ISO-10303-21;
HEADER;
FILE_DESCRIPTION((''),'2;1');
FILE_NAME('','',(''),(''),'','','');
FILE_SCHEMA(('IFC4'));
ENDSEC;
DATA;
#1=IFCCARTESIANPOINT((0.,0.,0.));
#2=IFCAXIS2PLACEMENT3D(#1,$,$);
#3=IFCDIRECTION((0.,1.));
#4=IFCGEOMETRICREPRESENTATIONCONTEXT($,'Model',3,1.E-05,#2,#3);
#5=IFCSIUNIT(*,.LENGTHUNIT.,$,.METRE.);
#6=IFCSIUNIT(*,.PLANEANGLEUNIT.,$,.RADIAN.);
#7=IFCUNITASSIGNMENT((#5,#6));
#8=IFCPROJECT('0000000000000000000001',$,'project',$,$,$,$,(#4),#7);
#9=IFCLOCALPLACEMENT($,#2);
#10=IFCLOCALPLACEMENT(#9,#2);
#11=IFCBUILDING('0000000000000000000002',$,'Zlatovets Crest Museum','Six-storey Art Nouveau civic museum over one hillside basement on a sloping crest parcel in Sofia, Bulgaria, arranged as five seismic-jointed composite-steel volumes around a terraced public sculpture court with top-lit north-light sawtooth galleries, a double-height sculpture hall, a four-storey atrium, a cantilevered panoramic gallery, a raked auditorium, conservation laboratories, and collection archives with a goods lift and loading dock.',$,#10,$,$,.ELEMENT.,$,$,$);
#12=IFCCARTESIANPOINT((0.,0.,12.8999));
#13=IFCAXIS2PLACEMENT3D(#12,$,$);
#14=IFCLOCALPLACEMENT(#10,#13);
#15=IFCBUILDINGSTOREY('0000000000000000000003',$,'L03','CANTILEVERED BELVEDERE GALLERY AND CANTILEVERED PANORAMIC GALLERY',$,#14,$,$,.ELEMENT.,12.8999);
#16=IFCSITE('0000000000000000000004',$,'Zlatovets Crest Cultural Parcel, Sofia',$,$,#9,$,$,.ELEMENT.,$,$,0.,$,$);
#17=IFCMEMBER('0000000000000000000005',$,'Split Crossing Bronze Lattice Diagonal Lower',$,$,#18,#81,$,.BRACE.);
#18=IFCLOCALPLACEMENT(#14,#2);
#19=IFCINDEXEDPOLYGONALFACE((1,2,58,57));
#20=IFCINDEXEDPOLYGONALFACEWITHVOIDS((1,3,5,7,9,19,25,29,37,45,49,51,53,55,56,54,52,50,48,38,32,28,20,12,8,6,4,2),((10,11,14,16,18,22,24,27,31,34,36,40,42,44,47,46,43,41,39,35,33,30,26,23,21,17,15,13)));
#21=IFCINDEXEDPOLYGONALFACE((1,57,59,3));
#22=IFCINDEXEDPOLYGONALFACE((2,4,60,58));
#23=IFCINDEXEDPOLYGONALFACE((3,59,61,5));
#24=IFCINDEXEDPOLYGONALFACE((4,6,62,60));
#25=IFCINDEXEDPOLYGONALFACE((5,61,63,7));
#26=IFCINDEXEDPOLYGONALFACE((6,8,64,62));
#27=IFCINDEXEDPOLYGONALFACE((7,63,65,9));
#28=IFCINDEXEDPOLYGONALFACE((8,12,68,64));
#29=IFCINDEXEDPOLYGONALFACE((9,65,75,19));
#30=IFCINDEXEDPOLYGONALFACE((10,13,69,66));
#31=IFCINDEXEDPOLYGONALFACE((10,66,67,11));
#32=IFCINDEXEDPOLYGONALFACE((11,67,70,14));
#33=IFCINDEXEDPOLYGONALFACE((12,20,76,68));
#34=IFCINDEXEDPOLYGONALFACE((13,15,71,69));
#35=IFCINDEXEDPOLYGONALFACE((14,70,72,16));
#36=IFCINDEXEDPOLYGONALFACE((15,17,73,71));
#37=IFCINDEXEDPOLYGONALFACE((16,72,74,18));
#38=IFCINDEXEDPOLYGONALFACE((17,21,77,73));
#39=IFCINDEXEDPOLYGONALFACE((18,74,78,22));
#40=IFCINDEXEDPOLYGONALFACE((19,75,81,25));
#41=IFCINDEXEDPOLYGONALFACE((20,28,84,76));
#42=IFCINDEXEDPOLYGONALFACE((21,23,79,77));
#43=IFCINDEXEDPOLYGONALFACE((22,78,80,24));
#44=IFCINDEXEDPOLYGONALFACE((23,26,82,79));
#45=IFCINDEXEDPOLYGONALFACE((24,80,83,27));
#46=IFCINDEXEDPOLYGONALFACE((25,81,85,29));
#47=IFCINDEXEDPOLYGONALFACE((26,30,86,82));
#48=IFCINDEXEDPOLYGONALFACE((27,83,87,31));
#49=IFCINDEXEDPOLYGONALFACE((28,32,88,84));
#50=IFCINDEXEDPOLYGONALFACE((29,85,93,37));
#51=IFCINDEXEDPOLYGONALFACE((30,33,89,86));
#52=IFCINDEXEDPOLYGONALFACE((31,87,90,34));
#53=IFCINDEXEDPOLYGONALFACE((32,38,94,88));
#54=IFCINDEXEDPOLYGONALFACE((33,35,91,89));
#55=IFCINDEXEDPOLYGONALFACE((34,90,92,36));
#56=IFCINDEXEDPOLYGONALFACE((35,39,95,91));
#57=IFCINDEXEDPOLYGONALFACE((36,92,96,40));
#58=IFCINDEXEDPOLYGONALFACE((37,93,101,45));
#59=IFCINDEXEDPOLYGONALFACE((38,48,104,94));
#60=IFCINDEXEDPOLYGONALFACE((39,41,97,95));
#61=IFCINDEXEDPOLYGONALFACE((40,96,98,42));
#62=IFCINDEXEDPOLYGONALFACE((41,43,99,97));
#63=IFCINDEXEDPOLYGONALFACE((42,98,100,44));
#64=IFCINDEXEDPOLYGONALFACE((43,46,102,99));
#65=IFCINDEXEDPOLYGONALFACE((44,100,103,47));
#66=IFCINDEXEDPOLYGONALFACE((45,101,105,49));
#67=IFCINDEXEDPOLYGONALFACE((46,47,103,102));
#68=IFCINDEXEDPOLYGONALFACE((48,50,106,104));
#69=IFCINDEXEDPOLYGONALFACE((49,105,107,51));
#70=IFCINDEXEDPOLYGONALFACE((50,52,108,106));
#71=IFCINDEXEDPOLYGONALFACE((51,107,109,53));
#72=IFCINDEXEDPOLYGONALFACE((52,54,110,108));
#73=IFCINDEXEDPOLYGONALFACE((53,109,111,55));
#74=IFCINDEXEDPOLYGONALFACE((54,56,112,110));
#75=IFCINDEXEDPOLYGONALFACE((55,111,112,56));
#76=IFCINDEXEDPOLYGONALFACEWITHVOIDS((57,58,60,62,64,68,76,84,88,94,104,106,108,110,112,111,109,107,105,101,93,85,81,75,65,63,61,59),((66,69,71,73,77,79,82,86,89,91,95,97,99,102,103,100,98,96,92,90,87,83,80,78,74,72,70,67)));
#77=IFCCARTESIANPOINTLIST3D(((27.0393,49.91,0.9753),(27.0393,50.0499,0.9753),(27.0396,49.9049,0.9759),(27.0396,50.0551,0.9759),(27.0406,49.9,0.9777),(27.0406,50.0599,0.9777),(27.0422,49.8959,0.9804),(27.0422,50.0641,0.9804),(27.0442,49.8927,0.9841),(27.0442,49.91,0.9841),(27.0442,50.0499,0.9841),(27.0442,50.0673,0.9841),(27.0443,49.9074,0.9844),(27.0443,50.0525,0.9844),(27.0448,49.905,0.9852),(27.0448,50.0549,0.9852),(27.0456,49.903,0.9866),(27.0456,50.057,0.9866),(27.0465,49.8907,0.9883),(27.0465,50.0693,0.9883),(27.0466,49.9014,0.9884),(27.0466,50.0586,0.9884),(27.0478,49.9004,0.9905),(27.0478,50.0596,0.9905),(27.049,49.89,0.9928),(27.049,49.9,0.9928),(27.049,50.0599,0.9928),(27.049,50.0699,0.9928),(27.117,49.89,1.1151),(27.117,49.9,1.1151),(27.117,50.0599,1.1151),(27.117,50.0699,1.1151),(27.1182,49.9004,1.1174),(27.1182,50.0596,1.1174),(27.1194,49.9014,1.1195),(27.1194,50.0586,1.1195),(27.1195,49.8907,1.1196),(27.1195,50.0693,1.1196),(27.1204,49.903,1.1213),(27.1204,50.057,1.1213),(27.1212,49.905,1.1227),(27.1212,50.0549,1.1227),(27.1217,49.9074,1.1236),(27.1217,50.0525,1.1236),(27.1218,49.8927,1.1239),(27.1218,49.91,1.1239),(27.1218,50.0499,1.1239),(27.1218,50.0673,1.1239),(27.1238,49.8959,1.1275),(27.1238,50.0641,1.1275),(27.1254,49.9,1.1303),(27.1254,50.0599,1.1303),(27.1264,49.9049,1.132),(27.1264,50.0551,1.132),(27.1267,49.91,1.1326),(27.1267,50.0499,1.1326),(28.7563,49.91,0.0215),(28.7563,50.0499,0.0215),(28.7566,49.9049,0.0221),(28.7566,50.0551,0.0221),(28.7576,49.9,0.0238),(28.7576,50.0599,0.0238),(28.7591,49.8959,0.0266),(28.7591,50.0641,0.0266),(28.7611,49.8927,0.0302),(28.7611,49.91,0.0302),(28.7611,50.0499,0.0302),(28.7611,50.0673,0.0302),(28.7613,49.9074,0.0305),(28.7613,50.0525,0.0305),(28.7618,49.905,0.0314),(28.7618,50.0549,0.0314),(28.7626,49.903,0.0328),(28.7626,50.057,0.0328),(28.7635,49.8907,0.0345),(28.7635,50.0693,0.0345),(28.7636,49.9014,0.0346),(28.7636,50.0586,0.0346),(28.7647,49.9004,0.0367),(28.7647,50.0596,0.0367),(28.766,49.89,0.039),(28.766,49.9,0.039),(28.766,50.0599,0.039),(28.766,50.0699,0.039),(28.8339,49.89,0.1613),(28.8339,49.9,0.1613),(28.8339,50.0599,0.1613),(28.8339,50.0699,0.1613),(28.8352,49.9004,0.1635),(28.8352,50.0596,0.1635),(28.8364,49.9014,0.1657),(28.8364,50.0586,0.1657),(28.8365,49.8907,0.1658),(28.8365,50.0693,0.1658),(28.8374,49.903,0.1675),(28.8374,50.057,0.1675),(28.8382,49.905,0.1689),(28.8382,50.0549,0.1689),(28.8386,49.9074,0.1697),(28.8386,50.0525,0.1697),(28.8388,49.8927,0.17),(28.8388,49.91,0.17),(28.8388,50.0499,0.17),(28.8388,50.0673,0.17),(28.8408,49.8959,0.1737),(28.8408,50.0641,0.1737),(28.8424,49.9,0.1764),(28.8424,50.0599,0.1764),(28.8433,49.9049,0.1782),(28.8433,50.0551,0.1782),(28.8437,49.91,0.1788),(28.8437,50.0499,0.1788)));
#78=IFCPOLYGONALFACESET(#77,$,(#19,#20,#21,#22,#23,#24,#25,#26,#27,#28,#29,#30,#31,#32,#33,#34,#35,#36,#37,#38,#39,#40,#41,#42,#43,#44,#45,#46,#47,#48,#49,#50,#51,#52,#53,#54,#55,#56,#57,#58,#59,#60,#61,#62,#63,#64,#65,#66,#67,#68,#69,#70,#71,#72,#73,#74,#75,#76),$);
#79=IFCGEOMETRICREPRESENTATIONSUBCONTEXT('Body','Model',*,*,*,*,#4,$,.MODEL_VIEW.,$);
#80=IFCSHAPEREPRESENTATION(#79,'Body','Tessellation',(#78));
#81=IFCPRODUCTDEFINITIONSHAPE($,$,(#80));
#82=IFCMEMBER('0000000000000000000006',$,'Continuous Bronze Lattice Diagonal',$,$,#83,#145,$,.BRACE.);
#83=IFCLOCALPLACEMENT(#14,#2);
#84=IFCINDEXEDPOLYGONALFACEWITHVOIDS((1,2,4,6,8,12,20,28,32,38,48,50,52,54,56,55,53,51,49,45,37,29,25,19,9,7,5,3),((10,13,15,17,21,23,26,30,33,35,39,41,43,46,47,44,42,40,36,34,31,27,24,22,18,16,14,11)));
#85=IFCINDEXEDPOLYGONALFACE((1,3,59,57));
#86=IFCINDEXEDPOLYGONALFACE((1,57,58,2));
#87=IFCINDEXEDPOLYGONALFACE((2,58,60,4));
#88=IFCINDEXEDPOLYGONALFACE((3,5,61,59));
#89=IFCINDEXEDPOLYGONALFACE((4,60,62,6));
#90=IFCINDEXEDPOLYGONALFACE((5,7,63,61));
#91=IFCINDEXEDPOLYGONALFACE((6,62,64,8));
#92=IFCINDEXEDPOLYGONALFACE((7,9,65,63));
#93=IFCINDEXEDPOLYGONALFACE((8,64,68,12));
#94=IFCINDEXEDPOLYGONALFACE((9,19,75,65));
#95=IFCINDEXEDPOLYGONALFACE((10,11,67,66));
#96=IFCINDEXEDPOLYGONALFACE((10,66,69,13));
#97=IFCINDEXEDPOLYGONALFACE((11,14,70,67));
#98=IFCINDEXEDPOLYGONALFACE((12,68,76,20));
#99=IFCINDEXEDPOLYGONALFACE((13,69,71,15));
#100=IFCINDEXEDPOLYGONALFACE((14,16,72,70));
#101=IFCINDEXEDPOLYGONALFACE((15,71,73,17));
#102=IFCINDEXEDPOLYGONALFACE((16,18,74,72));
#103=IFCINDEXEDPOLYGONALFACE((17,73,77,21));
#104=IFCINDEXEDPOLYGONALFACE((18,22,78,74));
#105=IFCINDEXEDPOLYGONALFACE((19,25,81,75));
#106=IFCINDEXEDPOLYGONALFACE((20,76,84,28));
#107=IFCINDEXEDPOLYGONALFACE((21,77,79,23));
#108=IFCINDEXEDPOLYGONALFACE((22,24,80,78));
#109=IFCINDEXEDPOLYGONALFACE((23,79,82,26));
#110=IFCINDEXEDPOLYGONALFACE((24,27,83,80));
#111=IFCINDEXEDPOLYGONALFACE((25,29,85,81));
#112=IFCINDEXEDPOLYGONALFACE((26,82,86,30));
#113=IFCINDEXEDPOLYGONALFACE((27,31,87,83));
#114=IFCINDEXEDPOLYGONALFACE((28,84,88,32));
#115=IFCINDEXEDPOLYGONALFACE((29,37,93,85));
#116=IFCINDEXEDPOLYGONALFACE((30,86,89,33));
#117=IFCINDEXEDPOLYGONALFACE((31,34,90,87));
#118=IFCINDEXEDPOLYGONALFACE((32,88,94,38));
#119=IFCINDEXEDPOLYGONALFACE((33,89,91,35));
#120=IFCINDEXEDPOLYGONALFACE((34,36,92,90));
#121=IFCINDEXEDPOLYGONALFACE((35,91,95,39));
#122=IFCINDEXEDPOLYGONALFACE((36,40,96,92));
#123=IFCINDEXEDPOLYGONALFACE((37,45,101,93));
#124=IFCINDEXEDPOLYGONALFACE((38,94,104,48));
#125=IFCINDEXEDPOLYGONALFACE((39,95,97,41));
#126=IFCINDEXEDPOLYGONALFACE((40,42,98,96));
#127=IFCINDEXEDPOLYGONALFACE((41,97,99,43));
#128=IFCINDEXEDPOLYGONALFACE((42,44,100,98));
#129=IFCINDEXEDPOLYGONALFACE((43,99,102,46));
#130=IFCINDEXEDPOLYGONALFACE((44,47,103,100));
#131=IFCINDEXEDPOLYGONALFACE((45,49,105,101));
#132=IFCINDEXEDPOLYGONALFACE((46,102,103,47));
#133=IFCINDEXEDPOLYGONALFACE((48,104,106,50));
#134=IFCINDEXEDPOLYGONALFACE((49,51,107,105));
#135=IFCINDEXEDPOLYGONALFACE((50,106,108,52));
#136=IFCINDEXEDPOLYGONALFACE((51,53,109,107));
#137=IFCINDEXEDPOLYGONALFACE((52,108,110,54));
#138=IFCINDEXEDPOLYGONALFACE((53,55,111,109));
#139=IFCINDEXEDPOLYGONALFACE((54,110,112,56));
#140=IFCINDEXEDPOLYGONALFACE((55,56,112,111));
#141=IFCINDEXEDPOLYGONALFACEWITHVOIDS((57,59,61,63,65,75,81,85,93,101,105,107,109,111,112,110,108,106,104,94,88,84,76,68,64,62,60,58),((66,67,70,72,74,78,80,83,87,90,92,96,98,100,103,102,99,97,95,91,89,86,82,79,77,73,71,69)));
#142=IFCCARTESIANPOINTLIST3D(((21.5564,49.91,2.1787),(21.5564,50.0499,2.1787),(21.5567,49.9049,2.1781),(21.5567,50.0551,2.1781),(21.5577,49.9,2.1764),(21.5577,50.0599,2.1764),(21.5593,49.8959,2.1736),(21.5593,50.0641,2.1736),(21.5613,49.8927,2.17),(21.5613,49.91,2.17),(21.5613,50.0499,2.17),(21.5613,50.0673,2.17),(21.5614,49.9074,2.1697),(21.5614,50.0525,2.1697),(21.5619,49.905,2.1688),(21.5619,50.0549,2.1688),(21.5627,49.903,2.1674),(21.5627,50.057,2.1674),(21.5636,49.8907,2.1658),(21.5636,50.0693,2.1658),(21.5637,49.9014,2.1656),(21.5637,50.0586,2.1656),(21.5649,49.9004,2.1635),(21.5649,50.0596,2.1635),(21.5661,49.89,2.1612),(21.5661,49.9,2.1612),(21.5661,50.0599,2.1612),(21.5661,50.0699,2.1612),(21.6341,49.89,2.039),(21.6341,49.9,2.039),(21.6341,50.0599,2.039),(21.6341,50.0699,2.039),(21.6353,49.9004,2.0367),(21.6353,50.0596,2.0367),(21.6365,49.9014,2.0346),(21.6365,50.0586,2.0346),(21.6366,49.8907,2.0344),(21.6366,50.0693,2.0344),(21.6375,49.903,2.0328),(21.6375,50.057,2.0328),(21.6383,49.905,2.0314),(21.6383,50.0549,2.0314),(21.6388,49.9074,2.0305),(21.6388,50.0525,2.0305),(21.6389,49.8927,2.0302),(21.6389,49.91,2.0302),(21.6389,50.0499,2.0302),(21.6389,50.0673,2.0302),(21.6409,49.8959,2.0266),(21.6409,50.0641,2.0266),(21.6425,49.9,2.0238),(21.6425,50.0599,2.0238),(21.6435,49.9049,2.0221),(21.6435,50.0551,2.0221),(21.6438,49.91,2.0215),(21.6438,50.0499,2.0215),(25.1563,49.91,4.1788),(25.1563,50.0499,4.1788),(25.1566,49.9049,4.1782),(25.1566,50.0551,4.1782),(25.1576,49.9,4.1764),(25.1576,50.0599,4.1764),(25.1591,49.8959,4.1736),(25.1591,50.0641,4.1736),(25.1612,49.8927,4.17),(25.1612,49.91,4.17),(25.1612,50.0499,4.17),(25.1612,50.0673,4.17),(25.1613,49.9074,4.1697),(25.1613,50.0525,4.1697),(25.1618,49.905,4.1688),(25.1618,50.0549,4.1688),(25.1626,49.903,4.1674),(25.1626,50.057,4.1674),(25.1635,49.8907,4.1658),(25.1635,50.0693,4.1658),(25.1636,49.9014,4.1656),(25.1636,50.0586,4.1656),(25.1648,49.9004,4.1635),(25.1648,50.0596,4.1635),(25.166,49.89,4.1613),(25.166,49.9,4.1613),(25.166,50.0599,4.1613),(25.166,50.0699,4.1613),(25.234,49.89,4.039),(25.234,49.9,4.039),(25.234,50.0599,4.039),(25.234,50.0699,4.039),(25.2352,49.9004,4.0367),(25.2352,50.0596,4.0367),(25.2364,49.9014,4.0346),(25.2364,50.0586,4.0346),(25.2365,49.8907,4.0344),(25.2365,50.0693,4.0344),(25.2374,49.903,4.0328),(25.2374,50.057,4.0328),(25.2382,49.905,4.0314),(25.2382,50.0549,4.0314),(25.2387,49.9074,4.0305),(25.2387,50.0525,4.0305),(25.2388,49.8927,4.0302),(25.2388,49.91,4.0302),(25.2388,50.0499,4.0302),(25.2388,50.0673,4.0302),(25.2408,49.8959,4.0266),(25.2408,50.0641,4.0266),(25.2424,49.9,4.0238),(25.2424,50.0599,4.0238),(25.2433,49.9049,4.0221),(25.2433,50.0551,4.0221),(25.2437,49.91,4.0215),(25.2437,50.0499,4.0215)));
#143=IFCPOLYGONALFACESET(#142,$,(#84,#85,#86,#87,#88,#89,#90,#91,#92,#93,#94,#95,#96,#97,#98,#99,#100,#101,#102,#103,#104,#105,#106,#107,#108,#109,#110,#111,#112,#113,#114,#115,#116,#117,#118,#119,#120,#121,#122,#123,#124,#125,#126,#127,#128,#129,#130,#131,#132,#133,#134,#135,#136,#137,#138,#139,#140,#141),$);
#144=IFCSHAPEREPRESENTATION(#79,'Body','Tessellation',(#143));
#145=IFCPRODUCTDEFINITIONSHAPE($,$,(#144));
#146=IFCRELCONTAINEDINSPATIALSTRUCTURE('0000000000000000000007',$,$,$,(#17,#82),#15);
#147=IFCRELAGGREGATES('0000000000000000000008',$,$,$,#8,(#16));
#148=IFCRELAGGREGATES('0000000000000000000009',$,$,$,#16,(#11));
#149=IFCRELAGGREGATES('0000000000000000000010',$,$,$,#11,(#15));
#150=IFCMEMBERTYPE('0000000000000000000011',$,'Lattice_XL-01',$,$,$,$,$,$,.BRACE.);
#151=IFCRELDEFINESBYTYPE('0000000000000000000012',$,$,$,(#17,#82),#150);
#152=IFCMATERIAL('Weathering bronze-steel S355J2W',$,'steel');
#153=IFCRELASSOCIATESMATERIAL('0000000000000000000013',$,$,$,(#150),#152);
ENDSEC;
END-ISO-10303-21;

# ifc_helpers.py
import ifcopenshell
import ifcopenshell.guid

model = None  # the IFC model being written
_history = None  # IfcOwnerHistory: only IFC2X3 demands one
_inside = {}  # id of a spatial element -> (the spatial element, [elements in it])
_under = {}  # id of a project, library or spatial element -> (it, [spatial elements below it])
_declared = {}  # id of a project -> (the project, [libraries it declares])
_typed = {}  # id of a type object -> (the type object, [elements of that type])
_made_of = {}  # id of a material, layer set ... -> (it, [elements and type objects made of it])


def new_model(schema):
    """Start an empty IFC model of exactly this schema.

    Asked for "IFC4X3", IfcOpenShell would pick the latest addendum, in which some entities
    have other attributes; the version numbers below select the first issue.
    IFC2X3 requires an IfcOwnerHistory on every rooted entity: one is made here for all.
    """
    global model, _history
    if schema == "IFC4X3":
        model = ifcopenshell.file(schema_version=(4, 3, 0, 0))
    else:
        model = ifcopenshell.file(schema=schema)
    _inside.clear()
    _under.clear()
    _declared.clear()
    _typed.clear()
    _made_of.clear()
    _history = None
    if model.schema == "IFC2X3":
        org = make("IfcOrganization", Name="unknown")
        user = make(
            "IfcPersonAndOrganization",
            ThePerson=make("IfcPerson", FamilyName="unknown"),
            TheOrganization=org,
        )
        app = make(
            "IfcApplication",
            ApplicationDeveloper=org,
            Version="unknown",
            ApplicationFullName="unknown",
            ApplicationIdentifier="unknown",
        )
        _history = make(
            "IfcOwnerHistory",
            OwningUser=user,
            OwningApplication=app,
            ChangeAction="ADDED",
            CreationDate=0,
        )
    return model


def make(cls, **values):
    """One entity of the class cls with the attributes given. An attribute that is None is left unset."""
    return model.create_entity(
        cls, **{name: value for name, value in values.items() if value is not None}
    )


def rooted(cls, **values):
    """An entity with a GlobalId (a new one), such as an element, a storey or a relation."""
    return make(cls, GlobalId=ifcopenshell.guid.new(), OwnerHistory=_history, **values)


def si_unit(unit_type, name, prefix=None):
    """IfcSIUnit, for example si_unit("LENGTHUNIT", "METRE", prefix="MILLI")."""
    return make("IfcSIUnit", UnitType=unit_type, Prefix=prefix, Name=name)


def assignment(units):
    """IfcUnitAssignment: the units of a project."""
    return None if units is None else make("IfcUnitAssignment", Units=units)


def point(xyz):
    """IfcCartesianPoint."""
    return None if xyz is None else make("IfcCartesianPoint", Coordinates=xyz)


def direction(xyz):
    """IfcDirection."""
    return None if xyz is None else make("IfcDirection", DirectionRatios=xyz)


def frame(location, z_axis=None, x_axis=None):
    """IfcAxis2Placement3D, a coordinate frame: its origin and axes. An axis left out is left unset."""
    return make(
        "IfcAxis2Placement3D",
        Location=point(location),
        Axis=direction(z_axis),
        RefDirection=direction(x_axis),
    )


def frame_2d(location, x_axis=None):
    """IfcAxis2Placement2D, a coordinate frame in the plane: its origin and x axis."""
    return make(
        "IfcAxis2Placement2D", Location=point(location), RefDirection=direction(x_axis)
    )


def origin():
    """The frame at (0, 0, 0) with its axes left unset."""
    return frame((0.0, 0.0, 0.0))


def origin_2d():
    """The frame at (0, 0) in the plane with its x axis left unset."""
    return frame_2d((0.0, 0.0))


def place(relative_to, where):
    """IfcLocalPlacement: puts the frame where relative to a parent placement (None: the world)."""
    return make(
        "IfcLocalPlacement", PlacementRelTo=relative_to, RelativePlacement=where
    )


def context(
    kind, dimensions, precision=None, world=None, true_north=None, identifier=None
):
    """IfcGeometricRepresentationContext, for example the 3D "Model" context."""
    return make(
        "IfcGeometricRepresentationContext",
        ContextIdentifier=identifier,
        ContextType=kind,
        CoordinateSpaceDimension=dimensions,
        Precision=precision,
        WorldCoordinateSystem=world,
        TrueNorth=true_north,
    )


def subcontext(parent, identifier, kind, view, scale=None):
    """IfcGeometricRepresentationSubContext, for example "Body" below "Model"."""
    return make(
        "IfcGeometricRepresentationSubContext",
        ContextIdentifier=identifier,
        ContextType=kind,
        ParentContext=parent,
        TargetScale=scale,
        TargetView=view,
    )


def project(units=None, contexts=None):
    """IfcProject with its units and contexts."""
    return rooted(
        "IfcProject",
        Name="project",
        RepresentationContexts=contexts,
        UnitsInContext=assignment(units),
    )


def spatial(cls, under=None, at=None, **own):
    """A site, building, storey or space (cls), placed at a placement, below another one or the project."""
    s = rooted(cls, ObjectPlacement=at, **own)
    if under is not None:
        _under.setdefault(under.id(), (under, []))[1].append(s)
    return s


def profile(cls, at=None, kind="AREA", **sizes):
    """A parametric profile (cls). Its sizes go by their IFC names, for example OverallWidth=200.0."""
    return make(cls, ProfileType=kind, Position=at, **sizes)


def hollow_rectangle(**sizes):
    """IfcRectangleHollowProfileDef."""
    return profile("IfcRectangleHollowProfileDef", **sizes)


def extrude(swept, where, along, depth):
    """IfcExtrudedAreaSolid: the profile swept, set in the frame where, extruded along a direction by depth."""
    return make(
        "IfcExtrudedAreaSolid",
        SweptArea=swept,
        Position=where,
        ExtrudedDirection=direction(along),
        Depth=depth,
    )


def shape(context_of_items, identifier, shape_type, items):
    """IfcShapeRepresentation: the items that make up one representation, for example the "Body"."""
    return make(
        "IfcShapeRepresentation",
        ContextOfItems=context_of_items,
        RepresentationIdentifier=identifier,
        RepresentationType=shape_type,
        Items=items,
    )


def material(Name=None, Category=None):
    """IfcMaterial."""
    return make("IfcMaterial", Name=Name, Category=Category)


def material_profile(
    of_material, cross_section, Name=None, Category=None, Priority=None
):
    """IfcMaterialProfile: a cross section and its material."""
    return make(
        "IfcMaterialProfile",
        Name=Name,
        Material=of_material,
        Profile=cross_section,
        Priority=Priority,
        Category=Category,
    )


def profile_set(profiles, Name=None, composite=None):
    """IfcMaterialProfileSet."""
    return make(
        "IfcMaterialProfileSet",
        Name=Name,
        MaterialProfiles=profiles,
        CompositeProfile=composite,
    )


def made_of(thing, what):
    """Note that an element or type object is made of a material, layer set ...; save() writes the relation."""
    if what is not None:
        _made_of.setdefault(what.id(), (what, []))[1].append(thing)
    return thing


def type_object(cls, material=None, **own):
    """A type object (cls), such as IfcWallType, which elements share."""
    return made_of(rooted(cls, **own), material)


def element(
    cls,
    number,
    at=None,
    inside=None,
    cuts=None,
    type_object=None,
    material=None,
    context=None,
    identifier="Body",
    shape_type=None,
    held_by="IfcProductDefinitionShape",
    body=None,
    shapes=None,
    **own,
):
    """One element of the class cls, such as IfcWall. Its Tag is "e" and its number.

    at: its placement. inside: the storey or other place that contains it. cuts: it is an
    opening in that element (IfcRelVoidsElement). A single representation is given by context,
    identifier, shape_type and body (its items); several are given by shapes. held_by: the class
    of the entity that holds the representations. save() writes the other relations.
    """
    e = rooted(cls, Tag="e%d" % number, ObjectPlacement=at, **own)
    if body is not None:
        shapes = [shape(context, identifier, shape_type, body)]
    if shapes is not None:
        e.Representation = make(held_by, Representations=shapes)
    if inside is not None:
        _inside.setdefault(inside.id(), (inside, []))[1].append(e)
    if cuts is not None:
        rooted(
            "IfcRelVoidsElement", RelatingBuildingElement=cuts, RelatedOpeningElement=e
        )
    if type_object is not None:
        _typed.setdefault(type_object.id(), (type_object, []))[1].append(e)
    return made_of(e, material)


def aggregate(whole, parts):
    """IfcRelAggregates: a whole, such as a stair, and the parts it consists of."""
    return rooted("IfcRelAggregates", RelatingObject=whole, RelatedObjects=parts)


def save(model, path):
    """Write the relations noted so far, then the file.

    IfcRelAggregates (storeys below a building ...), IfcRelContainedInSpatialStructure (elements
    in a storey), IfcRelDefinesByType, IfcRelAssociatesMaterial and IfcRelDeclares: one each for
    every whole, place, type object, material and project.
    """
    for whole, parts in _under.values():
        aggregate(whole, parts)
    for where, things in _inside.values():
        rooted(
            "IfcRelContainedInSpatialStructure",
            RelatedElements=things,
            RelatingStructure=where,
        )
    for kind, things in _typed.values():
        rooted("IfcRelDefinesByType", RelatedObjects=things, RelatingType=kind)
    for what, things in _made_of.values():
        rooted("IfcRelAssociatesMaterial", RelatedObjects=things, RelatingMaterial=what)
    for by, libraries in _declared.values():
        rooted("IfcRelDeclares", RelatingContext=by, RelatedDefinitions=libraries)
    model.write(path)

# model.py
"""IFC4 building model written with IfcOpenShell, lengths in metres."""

from ifc_helpers import new_model, si_unit, direction, frame, origin, origin_2d, place, context, subcontext, project, spatial, hollow_rectangle, extrude, material, material_profile, profile_set, type_object, element, save


model = new_model("IFC4")

# Units and contexts
model_context = context("Model", 3, precision=1e-05, world=origin(), true_north=direction((0.0, 1.0)))
body_context = subcontext(model_context, "Body", "Model", "MODEL_VIEW")
ifc_project = project(units=[si_unit("LENGTHUNIT", "METRE"), si_unit("PLANEANGLEUNIT", "RADIAN")], contexts=[model_context])

# Site, building, storey
site_placement = place(None, origin())
site = spatial("IfcSite", under=ifc_project, at=site_placement, Name="Zlatovets Crest Cultural Parcel, Sofia", CompositionType="ELEMENT", RefElevation=0.0)
building_placement = place(site_placement, origin())
building = spatial("IfcBuilding", under=site, at=building_placement, Name="Zlatovets Crest Museum", Description="Six-storey Art Nouveau civic museum over one hillside basement on a sloping crest parcel in Sofia, Bulgaria, arranged as five seismic-jointed composite-steel volumes around a terraced public sculpture court with top-lit north-light sawtooth galleries, a double-height sculpture hall, a four-storey atrium, a cantilevered panoramic gallery, a raked auditorium, conservation laboratories, and collection archives with a goods lift and loading dock.", CompositionType="ELEMENT")
storey_placement = place(building_placement, frame((0.0, 0.0, 12.8999)))
storey = spatial("IfcBuildingStorey", under=building, at=storey_placement, Name="L03", Description="CANTILEVERED BELVEDERE GALLERY AND CANTILEVERED PANORAMIC GALLERY", CompositionType="ELEMENT", Elevation=12.8999)

# Members
ifc_material_1 = material(Name="Weathering bronze-steel S355J2W", Category="steel")
ifc_material_profile_1 = material_profile(ifc_material_1, hollow_rectangle(XDim=0.1799, YDim=0.1799, WallThickness=0.01, InnerFilletRadius=0.01, OuterFilletRadius=0.02, at=origin_2d()), Name="SHS 180x180x10.0")
ifc_profile_set_1 = profile_set([ifc_material_profile_1], Name="Weathering bronze-steel S355J2W")
member_type_1 = type_object("IfcMemberType", Name="Lattice_XL-01", PredefinedType="BRACE", material=ifc_profile_set_1)
for number, where, z_axis, x_axis, name in (
    (1, (27.083, 49.98, 1.054), (0.874169, 0.0, -0.485622), (0.0, 1.0, 0.0), "Split Crossing Bronze Lattice Diagonal Lower"),
):
    element("IfcMember", number, at=place(storey_placement, frame(where, z_axis=z_axis, x_axis=x_axis)), inside=storey, type_object=member_type_1, Name=name, PredefinedType="BRACE", context=body_context, shape_type="SweptSolid", body=[
        extrude(hollow_rectangle(XDim=0.1799, YDim=0.1799, WallThickness=0.01, InnerFilletRadius=0.01, OuterFilletRadius=0.02, at=origin_2d()), origin(), (0.0, 0.0, 1.0), 1.9641),
    ])
member_1_placement = place(storey_placement, frame((21.6001, 49.98, 2.1001), z_axis=(0.874149, 0.0, 0.485658), x_axis=(0.0, 1.0, 0.0)))
element("IfcMember", 2, at=member_1_placement, inside=storey, type_object=member_type_1, Name="Continuous Bronze Lattice Diagonal", PredefinedType="BRACE", context=body_context, shape_type="SweptSolid", body=[
    extrude(hollow_rectangle(XDim=0.1799, YDim=0.1799, WallThickness=0.01, InnerFilletRadius=0.01, OuterFilletRadius=0.02, at=origin_2d()), origin(), (0.0, 0.0, 1.0), 4.1182),
])

save(model, "model.ifc")
